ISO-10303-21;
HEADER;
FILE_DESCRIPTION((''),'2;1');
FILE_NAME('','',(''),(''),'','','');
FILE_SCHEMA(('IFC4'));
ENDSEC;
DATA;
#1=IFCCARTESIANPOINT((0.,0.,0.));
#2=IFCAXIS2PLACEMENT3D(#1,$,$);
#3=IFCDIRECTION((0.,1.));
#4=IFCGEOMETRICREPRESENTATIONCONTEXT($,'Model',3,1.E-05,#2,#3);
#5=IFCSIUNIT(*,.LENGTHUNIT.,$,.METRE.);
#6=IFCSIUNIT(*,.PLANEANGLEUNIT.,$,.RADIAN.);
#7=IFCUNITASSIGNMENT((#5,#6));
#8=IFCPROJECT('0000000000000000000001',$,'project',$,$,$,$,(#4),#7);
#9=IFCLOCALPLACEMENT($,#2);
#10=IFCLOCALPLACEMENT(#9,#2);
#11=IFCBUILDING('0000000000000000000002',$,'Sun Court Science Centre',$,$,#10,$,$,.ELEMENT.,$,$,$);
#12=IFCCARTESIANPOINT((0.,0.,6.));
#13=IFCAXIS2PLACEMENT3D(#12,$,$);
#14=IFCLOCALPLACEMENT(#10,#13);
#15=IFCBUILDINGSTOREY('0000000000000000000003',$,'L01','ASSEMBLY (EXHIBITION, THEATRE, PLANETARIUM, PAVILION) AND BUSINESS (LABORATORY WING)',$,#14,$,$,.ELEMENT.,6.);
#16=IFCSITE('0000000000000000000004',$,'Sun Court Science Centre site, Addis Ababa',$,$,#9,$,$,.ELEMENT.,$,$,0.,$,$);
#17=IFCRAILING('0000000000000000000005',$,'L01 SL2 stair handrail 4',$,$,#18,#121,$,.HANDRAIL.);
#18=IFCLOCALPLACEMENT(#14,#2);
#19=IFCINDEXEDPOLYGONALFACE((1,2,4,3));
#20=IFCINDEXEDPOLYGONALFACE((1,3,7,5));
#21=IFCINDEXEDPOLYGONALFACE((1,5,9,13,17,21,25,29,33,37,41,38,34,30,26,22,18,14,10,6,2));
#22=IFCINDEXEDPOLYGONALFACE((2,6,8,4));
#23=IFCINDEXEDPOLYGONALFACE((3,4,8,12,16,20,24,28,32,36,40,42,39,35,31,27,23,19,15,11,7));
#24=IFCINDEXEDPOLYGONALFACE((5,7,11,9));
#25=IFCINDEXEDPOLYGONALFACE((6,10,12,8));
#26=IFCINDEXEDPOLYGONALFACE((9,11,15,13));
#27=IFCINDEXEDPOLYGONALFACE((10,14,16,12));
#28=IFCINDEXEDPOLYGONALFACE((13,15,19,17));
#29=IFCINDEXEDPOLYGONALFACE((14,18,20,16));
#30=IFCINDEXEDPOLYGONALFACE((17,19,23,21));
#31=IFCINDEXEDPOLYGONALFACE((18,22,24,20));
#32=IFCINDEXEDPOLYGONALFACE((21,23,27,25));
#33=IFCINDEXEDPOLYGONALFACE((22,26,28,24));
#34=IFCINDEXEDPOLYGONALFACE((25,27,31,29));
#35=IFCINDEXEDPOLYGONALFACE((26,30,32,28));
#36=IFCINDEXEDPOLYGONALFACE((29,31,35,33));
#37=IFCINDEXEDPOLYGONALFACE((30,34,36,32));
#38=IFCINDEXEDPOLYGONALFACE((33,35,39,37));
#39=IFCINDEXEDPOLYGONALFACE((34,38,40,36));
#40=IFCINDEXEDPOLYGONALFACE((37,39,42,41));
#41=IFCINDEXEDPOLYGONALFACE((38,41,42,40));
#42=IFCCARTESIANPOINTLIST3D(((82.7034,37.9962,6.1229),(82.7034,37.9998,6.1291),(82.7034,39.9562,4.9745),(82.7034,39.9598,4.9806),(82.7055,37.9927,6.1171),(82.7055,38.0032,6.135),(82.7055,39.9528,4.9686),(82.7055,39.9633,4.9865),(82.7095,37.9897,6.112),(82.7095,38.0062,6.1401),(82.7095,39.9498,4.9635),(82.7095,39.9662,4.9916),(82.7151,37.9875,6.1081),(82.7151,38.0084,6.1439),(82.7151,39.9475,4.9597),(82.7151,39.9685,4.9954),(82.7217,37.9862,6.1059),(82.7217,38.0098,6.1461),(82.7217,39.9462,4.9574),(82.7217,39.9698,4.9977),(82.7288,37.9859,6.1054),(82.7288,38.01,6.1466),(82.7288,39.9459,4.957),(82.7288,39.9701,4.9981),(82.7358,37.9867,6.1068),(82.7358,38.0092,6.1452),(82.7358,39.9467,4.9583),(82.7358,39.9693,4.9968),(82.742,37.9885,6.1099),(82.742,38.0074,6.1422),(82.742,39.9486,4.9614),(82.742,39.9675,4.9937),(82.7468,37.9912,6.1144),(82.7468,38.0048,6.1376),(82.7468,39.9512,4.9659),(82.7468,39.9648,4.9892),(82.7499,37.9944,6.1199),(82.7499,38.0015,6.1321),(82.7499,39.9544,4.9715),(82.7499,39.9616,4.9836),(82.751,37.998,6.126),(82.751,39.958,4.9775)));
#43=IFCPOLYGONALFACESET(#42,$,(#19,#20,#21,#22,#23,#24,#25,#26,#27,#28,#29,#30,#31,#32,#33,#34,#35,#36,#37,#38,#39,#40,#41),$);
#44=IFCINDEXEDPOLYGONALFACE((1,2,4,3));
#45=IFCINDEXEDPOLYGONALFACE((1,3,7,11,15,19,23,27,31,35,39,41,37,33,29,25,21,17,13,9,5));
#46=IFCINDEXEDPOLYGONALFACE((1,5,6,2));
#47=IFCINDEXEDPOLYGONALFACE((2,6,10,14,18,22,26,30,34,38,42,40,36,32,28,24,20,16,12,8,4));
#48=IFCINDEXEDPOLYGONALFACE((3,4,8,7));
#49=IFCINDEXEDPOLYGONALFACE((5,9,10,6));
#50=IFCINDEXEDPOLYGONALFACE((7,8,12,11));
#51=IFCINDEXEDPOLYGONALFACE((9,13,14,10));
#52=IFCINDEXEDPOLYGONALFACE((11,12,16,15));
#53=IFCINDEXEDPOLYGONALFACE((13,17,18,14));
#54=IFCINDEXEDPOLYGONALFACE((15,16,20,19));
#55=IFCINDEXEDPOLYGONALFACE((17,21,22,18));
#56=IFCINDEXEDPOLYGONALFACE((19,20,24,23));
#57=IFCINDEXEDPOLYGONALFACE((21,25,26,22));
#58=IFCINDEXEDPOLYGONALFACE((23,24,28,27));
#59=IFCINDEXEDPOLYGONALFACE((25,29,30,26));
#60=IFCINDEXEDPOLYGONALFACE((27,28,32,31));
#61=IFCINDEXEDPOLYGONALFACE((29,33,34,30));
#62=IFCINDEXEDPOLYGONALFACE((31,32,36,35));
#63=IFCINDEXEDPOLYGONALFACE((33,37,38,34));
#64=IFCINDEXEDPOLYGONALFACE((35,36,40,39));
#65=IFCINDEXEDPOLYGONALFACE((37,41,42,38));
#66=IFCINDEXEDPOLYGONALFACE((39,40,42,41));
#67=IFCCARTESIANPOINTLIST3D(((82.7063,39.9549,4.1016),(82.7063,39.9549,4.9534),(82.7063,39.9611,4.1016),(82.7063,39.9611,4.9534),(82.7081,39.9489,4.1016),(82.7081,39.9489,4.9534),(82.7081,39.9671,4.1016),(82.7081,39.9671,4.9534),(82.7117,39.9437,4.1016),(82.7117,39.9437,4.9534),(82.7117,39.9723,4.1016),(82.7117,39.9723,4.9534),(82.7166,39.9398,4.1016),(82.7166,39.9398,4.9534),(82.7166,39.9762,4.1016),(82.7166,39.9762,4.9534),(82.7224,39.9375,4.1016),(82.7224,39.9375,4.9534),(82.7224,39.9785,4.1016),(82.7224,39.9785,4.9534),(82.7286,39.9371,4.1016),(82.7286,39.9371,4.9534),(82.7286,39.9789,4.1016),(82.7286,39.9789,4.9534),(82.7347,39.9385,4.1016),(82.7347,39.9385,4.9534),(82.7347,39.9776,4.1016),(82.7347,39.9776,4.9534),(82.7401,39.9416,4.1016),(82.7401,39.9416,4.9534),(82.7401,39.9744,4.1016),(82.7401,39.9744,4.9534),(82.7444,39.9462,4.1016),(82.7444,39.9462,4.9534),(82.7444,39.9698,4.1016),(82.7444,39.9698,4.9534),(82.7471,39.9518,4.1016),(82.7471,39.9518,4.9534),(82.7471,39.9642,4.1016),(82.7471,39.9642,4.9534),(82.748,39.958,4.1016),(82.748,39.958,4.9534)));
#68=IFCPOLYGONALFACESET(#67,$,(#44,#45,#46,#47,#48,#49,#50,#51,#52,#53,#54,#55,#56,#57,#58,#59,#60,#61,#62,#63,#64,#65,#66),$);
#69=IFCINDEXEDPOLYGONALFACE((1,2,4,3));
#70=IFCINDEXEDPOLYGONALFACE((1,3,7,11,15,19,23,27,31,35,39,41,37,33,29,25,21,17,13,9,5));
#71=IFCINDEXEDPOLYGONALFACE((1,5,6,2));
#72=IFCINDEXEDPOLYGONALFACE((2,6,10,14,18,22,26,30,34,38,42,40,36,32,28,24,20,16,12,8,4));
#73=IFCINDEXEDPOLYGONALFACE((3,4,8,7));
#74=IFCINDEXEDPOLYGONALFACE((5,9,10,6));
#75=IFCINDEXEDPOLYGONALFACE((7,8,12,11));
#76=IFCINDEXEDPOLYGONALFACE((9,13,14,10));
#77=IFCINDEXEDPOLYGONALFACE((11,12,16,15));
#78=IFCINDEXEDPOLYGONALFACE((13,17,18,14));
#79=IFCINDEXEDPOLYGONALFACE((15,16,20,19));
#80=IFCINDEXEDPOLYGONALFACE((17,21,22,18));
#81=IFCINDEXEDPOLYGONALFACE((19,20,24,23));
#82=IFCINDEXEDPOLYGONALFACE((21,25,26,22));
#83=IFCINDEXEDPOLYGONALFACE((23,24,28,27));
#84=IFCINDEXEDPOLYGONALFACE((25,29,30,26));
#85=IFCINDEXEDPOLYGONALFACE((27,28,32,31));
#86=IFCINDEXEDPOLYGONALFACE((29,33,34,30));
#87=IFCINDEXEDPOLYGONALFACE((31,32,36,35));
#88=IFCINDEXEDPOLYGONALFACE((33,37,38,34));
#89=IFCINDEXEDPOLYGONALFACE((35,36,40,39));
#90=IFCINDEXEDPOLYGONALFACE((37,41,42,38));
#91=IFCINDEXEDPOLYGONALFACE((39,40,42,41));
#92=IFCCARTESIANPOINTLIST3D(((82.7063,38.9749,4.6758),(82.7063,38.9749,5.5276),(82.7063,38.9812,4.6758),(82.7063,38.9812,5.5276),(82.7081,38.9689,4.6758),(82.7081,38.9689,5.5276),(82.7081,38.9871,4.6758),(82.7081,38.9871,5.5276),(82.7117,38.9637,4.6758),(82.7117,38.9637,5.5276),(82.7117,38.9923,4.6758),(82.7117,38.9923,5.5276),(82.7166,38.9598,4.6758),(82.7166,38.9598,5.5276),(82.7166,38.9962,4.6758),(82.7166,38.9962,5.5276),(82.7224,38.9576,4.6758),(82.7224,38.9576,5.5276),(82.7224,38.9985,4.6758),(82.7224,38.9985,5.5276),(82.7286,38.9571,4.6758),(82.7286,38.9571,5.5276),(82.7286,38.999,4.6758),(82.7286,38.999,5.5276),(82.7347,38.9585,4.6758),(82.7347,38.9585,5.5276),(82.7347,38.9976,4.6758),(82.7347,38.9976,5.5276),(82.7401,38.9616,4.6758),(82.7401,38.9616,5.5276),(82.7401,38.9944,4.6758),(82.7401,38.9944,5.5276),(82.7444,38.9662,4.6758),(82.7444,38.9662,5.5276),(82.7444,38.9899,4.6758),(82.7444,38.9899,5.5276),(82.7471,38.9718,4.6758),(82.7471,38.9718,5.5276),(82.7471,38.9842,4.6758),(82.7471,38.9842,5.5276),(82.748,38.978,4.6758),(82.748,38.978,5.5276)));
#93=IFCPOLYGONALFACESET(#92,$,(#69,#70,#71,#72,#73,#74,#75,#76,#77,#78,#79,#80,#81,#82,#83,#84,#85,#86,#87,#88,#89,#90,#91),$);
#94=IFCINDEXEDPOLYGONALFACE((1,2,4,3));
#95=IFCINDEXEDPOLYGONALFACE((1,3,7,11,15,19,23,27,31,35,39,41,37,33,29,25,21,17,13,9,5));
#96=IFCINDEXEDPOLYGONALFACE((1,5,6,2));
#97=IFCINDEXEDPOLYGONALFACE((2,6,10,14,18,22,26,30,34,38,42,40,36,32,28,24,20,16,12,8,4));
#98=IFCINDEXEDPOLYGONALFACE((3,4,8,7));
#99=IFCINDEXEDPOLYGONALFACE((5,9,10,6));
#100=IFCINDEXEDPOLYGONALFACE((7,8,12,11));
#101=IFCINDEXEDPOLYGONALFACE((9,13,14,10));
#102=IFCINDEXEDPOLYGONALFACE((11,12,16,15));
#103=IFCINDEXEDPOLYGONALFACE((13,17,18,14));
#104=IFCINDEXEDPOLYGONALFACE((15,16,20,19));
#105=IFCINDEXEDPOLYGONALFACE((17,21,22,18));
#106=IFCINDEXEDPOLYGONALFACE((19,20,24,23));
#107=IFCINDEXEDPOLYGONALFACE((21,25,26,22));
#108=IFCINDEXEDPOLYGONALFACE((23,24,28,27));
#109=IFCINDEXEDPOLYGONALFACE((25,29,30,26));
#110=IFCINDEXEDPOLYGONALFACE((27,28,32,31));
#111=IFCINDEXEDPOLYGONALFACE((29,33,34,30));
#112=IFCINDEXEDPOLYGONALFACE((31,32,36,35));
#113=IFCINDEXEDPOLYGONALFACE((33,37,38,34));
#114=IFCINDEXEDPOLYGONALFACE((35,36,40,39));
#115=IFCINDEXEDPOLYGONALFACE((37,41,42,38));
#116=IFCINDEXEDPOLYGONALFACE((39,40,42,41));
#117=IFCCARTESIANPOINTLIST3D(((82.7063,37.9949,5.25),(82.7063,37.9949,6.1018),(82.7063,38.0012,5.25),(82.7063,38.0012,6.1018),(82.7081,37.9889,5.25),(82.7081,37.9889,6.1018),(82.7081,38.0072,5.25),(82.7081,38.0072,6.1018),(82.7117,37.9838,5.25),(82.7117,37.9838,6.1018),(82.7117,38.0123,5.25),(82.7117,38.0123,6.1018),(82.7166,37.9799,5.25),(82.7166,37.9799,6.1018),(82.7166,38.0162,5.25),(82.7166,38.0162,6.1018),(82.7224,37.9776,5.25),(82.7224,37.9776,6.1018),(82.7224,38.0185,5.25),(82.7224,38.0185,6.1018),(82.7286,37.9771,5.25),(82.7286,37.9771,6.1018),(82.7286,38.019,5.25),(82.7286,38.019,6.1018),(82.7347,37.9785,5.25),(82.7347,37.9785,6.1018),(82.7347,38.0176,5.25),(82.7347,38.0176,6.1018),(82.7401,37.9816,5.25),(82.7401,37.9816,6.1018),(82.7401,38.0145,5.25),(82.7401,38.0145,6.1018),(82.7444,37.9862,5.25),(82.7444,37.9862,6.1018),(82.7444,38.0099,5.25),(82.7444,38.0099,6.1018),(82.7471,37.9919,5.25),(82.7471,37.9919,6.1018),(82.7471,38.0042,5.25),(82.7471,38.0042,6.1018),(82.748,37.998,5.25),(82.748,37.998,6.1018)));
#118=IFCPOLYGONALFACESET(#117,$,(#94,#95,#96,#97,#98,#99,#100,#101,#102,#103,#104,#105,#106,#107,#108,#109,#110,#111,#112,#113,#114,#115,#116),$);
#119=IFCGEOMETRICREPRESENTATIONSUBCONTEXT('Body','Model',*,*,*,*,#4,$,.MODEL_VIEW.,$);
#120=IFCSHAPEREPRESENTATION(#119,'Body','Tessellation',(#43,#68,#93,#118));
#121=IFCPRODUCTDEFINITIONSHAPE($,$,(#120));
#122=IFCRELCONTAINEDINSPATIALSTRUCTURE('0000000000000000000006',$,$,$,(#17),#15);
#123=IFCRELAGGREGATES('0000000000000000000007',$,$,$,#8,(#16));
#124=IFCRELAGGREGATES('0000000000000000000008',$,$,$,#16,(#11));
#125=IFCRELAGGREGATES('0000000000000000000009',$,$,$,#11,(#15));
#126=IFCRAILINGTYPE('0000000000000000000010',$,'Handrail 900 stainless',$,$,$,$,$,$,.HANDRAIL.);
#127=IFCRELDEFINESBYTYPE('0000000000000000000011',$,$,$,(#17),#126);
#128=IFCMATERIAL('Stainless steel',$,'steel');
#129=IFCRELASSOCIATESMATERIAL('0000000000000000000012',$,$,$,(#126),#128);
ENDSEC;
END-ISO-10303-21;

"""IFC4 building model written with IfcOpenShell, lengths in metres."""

from ifc_helpers import new_model, si_unit, direction, frame, origin, origin_2d, place, context, subcontext, project, spatial, circle, extrude, material, type_object, element, save


model = new_model("IFC4")

# Units and contexts
model_context = context("Model", 3, precision=1e-05, world=origin(), true_north=direction((0.0, 1.0)))
body_context = subcontext(model_context, "Body", "Model", "MODEL_VIEW")
ifc_project = project(units=[si_unit("LENGTHUNIT", "METRE"), si_unit("PLANEANGLEUNIT", "RADIAN")], contexts=[model_context])

# Site, building, storey
site_placement = place(None, origin())
site = spatial("IfcSite", under=ifc_project, at=site_placement, Name="Sun Court Science Centre site, Addis Ababa", CompositionType="ELEMENT", RefElevation=0.0)
building_placement = place(site_placement, origin())
building = spatial("IfcBuilding", under=site, at=building_placement, Name="Sun Court Science Centre", CompositionType="ELEMENT")
storey_placement = place(building_placement, frame((0.0, 0.0, 6.0)))
storey = spatial("IfcBuildingStorey", under=building, at=storey_placement, Name="L01", Description="ASSEMBLY (EXHIBITION, THEATRE, PLANETARIUM, PAVILION) AND BUSINESS (LABORATORY WING)", CompositionType="ELEMENT", Elevation=6.0)

# Railing
ifc_material_1 = material(Name="Stainless steel", Category="steel")
railing_type_1 = type_object("IfcRailingType", Name="Handrail 900 stainless", PredefinedType="HANDRAIL", material=ifc_material_1)
railing_1_placement = place(storey_placement, frame((82.7271, 39.958, 4.1016)))
element("IfcRailing", 1, at=railing_1_placement, inside=storey, type_object=railing_type_1, Name="L01 SL2 stair handrail 4", PredefinedType="HANDRAIL", context=body_context, shape_type="SweptSolid", body=[
    extrude(circle(Radius=0.0239, at=origin_2d()), frame((0.0, 0.0, 0.876), z_axis=(0.0, -0.862795, 0.505554), x_axis=(1.0, 0.0, 0.0)), (0.0, 0.0, 1.0), 2.2717),
    extrude(circle(Radius=0.021, at=origin_2d()), origin(), (0.0, 0.0, 1.0), 0.8518),
    extrude(circle(Radius=0.021, at=origin_2d()), frame((0.0, -0.98, 0.5742)), (0.0, 0.0, 1.0), 0.8518),
    extrude(circle(Radius=0.021, at=origin_2d()), frame((0.0, -1.96, 1.1484)), (0.0, 0.0, 1.0), 0.8518),
])

save(model, "model.ifc")
